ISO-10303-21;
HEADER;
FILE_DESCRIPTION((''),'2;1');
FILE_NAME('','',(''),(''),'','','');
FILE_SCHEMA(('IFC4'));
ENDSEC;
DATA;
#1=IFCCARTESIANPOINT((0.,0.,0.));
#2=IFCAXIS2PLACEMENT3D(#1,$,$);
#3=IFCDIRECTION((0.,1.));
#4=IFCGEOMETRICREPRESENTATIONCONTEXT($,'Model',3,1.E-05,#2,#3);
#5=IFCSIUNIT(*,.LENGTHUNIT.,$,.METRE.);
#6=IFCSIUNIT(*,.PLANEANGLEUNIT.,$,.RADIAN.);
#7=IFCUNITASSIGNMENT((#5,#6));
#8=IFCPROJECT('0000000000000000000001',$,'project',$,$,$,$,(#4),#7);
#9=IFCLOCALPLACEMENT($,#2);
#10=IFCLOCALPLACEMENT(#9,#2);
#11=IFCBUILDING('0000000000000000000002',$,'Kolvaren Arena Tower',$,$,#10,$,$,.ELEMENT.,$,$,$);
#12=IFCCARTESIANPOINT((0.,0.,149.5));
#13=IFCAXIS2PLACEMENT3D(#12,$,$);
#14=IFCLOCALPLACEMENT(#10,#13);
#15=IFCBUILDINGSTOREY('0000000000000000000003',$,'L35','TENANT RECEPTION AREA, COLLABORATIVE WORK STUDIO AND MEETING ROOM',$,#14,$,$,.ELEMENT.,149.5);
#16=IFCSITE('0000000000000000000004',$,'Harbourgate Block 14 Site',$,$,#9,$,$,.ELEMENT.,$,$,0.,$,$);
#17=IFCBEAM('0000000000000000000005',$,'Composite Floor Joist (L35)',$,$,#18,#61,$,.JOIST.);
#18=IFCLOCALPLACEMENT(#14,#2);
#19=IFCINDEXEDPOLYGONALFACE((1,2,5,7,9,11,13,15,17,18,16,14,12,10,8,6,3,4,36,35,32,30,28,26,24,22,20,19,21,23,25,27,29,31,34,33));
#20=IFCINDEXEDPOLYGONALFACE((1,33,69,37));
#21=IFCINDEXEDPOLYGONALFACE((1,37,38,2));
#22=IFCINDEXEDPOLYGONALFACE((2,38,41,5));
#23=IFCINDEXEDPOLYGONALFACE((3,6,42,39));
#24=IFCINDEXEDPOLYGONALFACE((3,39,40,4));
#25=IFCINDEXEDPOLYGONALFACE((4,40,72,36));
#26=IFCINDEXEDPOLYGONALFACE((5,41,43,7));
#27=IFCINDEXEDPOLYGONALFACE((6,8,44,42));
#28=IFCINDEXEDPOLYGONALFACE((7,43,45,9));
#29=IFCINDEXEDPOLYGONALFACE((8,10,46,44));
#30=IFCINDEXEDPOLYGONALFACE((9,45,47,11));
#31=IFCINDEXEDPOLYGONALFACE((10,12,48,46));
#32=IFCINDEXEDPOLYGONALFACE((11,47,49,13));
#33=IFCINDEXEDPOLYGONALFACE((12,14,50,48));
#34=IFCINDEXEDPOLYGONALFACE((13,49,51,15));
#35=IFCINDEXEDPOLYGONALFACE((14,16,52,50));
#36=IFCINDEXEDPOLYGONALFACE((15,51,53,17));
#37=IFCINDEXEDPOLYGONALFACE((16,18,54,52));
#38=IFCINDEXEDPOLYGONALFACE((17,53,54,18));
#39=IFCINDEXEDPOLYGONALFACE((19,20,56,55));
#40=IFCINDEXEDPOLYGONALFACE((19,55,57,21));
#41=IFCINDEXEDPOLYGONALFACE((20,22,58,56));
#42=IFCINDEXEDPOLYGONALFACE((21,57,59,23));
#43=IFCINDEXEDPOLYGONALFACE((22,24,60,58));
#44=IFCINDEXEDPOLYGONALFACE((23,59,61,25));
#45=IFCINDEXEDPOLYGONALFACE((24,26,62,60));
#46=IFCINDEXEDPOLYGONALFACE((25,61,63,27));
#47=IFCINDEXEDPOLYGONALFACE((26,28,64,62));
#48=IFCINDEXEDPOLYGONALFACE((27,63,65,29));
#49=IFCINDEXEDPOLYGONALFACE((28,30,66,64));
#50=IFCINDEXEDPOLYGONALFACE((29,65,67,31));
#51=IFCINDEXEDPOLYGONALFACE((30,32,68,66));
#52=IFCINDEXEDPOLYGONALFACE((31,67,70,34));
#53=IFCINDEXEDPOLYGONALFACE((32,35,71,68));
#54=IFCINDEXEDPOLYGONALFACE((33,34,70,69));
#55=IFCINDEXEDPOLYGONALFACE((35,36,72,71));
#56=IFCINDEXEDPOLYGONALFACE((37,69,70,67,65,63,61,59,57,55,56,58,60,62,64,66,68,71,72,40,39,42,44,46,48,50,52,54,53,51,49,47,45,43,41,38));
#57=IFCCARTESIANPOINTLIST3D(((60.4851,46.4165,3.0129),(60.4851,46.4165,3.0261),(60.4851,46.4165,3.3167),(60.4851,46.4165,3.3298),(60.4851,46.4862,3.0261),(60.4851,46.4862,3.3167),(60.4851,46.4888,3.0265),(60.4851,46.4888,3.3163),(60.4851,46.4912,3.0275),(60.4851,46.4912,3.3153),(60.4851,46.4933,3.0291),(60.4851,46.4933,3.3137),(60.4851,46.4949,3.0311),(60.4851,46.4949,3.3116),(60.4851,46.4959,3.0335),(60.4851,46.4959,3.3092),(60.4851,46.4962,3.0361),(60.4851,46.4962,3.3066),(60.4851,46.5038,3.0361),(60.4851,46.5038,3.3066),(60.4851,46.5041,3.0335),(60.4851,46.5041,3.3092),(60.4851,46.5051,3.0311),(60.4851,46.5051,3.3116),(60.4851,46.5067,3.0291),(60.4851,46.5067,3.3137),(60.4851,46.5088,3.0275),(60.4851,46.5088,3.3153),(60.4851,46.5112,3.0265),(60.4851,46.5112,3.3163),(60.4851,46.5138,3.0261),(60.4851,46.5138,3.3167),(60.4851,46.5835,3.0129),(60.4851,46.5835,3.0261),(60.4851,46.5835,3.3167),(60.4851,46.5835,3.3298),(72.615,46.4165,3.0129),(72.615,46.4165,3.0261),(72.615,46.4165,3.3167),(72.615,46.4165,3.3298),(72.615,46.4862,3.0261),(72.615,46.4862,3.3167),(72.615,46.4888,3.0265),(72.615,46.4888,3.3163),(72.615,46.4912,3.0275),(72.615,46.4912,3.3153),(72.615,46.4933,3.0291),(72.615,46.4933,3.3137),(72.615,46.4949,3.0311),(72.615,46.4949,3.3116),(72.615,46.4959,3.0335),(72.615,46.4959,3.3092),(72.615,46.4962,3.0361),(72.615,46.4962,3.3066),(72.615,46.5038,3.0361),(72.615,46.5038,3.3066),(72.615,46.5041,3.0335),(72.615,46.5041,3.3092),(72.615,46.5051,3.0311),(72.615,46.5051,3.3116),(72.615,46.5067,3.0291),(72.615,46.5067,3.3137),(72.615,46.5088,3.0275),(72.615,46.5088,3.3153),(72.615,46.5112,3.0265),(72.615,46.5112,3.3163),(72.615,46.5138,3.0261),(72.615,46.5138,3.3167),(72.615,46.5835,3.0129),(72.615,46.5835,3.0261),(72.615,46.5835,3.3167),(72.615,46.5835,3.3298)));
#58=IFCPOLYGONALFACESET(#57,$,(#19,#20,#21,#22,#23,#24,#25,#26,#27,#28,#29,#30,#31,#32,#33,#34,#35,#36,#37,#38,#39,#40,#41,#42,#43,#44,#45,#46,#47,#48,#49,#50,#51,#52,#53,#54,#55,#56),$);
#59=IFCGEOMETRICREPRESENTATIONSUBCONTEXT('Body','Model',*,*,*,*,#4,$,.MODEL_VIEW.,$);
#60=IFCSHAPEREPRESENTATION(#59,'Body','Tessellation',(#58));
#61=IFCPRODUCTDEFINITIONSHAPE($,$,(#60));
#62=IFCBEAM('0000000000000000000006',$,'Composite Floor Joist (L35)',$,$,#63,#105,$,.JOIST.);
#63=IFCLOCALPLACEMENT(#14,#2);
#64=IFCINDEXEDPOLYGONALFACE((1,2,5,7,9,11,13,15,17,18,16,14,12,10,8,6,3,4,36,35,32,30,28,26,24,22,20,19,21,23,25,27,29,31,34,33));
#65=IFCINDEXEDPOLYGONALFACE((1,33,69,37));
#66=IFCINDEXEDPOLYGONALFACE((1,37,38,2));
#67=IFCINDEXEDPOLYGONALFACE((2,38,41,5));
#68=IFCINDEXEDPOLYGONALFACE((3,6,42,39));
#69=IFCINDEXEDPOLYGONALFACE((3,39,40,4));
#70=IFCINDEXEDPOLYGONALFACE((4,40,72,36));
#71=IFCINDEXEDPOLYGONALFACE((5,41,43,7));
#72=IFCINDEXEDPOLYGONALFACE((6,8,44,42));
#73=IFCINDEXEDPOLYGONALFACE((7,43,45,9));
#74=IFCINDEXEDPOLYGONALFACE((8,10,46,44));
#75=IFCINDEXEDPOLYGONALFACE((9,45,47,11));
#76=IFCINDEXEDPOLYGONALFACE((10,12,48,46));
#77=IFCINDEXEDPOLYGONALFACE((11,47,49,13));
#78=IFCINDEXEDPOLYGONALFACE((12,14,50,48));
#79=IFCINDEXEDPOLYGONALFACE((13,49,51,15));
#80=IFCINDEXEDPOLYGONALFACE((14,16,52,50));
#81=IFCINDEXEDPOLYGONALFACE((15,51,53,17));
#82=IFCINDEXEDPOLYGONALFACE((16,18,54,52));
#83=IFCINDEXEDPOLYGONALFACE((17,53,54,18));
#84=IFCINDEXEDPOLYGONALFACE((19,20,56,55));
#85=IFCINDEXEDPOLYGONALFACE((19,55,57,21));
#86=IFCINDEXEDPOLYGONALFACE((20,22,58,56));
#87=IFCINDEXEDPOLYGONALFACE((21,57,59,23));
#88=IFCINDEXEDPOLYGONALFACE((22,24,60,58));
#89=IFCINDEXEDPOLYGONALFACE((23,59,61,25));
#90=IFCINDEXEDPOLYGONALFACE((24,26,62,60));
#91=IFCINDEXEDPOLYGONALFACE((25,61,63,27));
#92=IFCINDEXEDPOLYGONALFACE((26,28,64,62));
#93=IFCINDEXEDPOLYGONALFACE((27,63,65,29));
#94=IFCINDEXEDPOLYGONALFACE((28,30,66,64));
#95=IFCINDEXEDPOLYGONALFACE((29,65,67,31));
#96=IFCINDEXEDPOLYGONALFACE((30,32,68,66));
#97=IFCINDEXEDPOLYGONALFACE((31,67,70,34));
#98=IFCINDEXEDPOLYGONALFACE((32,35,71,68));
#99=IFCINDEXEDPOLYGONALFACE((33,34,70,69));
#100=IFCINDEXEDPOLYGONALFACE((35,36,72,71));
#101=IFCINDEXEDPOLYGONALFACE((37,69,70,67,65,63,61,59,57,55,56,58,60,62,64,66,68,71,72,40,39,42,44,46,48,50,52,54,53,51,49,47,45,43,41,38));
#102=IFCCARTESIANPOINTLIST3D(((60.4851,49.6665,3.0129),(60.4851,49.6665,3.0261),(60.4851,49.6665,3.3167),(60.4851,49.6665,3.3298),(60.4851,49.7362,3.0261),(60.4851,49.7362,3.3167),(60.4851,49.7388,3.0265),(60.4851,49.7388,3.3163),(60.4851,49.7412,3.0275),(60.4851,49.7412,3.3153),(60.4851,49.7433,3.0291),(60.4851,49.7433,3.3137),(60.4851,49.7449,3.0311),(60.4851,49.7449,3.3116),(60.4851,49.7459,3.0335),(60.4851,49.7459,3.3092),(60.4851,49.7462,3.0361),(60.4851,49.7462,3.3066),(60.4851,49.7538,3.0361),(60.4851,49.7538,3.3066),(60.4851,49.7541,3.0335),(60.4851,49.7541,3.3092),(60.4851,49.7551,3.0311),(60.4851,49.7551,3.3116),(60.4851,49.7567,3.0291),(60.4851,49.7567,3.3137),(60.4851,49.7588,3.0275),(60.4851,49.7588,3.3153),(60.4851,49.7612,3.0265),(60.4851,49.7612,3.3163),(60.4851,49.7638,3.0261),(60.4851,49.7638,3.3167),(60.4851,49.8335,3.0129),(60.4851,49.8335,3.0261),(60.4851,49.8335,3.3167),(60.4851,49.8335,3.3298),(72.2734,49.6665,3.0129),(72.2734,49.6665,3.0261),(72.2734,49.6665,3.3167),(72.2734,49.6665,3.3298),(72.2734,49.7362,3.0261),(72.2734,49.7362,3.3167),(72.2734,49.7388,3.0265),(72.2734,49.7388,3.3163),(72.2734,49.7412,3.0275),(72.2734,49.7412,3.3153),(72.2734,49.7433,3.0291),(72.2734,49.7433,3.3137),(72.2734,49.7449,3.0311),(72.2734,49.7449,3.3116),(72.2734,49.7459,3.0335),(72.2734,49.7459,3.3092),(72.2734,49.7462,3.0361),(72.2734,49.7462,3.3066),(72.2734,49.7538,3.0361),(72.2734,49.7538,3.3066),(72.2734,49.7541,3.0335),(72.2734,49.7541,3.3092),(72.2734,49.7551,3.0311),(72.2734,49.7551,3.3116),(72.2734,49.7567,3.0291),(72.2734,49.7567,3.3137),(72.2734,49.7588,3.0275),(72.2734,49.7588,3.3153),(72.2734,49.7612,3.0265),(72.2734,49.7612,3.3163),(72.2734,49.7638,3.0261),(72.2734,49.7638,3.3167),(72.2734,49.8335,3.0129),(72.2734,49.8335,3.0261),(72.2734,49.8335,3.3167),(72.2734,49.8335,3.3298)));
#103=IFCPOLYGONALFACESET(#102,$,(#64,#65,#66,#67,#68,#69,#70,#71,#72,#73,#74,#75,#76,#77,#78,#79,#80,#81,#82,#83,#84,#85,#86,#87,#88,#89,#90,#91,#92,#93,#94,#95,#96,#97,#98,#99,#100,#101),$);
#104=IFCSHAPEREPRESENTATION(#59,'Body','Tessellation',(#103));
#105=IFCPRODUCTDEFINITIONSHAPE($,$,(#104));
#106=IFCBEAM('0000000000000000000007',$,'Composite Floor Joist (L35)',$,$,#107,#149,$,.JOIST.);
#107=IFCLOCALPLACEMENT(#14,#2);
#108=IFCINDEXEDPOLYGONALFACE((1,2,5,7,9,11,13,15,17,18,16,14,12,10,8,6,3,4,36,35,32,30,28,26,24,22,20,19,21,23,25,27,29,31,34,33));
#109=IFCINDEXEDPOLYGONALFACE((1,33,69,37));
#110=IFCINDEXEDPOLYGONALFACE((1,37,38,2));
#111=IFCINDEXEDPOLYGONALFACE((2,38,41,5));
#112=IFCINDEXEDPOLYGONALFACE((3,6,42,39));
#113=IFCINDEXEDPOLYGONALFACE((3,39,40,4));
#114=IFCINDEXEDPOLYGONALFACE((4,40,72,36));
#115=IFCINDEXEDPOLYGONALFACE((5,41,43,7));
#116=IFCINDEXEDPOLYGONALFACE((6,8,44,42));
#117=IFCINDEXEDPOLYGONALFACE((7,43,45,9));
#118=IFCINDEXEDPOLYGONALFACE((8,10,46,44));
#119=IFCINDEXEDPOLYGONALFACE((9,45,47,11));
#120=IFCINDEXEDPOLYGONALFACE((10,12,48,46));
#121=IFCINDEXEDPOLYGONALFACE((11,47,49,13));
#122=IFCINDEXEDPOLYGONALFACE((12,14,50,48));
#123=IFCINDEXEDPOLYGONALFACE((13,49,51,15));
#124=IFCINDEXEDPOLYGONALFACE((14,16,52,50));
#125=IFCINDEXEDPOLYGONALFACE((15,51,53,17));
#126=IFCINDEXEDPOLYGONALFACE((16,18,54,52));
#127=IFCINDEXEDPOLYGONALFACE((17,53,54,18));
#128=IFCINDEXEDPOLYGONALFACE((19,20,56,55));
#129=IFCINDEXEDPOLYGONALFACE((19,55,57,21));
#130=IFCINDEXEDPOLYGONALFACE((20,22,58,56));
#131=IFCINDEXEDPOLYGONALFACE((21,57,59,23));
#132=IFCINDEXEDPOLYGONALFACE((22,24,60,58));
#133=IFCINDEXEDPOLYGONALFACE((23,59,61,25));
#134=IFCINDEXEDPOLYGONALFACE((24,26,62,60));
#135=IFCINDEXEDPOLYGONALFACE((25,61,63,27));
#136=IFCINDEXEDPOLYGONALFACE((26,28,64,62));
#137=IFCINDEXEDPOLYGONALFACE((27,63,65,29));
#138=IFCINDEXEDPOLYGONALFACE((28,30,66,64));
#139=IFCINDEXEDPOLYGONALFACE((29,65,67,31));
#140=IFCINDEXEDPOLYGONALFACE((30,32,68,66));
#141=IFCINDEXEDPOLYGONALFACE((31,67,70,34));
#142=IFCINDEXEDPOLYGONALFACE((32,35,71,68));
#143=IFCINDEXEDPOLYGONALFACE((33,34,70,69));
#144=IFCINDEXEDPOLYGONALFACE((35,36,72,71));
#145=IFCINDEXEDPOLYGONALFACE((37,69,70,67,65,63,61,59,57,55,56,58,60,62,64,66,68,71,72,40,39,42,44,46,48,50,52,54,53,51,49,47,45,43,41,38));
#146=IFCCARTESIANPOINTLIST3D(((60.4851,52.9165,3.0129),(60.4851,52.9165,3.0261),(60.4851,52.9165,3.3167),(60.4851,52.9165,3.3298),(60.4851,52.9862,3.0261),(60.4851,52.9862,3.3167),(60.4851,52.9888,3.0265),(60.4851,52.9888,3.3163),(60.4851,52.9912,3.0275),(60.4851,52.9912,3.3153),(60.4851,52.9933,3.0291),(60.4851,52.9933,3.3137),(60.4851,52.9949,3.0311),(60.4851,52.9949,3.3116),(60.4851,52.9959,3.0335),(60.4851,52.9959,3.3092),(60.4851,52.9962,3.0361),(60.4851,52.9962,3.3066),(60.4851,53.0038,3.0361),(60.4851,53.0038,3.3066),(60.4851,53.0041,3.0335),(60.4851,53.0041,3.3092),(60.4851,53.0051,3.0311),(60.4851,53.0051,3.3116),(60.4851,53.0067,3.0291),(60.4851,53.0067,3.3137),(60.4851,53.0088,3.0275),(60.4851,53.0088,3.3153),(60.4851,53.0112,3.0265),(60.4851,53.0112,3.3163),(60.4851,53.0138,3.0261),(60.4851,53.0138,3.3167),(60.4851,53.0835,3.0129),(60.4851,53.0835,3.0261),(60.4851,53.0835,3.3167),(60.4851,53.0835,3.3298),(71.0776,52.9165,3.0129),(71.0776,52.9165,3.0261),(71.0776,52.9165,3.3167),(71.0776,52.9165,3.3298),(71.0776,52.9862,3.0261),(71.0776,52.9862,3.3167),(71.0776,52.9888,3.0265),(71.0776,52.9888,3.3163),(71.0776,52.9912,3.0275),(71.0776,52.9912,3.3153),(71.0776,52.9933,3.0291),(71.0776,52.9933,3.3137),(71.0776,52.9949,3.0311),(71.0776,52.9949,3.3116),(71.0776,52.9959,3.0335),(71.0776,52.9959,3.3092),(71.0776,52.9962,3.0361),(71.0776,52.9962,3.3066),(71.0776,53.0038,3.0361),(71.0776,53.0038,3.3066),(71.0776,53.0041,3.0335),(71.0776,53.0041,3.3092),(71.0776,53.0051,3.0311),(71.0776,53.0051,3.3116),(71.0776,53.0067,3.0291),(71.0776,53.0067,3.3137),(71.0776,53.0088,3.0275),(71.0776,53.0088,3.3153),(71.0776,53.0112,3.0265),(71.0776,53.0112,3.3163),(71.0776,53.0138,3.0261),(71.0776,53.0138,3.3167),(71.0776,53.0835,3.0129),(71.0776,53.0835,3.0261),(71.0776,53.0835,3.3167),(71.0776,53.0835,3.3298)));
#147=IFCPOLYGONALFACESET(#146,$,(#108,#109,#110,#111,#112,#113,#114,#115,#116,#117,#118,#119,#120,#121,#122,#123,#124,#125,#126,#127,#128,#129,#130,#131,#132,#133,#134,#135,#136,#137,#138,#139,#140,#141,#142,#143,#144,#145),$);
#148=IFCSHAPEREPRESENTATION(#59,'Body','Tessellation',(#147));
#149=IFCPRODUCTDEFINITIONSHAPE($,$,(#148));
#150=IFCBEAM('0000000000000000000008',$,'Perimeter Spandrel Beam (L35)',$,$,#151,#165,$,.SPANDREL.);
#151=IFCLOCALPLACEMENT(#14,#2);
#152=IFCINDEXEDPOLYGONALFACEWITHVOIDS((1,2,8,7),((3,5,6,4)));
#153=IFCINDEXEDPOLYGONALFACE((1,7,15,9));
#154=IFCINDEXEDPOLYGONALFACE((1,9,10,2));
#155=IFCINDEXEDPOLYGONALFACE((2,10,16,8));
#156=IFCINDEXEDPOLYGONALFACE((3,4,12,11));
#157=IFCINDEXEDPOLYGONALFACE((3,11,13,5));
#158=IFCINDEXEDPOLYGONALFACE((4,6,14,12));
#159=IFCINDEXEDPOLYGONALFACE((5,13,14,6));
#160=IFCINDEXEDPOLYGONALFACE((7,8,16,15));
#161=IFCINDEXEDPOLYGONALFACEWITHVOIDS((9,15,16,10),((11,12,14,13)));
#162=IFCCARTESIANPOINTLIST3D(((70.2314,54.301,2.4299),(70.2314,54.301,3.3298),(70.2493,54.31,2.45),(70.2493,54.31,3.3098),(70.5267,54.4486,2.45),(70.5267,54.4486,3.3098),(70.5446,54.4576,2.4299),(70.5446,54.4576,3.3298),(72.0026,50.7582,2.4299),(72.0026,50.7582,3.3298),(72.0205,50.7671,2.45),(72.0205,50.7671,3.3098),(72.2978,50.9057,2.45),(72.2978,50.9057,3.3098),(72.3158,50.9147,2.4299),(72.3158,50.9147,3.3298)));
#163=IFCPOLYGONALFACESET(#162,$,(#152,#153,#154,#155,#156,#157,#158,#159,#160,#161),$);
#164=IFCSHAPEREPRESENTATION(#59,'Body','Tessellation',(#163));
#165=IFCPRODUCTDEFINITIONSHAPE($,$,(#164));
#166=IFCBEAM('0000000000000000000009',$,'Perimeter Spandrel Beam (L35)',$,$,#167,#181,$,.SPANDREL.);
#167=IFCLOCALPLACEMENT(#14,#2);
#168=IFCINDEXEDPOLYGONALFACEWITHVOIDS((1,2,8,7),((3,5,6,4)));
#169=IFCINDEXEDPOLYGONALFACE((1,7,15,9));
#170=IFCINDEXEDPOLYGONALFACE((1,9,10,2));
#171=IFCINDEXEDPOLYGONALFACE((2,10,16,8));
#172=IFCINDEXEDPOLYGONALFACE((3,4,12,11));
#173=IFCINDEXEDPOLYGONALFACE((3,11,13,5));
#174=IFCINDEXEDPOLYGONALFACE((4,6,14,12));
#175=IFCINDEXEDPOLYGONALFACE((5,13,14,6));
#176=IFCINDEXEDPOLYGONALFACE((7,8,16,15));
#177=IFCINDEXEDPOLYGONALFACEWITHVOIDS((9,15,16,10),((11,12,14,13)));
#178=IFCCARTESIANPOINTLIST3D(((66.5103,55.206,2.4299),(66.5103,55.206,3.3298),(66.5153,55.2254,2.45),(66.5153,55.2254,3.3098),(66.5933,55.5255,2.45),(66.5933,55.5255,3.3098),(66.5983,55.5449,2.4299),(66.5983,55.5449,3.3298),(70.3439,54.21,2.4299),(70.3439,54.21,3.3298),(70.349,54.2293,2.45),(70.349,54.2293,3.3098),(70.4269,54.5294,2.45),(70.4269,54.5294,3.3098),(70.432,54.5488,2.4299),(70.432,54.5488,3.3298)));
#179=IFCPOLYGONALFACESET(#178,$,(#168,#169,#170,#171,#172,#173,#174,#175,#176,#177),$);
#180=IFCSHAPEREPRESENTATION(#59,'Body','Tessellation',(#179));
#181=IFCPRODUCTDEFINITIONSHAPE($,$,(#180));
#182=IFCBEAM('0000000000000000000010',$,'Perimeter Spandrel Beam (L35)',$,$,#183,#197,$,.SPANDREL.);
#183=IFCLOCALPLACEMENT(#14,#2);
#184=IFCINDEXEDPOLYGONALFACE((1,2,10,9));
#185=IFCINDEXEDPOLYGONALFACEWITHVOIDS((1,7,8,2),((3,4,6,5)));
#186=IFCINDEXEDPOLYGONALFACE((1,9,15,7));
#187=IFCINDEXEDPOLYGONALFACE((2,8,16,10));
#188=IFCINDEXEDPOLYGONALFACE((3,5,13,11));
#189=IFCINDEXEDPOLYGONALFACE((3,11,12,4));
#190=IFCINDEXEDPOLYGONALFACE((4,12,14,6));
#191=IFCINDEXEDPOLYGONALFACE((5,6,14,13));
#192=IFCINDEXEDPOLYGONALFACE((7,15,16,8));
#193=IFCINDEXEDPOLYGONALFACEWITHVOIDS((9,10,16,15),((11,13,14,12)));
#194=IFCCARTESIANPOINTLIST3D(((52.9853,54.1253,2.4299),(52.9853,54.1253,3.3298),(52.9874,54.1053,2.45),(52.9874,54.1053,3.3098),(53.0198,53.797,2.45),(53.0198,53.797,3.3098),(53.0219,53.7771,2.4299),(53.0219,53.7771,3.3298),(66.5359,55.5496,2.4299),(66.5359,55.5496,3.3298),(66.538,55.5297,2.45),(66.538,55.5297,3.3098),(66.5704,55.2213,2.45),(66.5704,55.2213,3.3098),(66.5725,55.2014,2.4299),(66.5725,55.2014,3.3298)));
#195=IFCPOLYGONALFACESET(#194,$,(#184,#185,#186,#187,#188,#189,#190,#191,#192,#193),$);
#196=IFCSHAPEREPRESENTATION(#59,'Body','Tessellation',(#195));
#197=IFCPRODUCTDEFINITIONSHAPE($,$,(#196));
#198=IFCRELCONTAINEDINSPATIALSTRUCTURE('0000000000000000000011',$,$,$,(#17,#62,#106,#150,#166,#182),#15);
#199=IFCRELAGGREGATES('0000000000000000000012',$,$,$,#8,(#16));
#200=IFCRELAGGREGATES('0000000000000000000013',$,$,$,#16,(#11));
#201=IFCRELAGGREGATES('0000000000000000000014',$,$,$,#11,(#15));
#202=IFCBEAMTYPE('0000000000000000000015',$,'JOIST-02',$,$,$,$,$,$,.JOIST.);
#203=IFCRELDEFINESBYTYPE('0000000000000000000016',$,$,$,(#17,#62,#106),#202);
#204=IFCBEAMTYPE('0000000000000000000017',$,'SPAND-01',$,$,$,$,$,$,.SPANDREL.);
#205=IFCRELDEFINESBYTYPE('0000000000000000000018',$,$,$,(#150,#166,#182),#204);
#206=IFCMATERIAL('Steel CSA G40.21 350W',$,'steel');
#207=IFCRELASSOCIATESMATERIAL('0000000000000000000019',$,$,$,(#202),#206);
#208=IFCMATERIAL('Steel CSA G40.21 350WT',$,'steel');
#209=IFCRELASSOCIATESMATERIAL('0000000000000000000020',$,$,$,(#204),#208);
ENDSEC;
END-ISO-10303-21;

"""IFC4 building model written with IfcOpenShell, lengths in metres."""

from ifc_helpers import new_model, si_unit, direction, frame, origin, origin_2d, place, context, subcontext, project, spatial, hollow_rectangle, i_section, extrude, material, material_profile, profile_set, type_object, element, save


model = new_model("IFC4")

# Units and contexts
model_context = context("Model", 3, precision=1e-05, world=origin(), true_north=direction((0.0, 1.0)))
body_context = subcontext(model_context, "Body", "Model", "MODEL_VIEW")
ifc_project = project(units=[si_unit("LENGTHUNIT", "METRE"), si_unit("PLANEANGLEUNIT", "RADIAN")], contexts=[model_context])

# Site, building, storey
site_placement = place(None, origin())
site = spatial("IfcSite", under=ifc_project, at=site_placement, Name="Harbourgate Block 14 Site", CompositionType="ELEMENT", RefElevation=0.0)
building_placement = place(site_placement, origin())
building = spatial("IfcBuilding", under=site, at=building_placement, Name="Kolvaren Arena Tower", CompositionType="ELEMENT")
storey_placement = place(building_placement, frame((0.0, 0.0, 149.5)))
storey = spatial("IfcBuildingStorey", under=building, at=storey_placement, Name="L35", Description="TENANT RECEPTION AREA, COLLABORATIVE WORK STUDIO AND MEETING ROOM", CompositionType="ELEMENT", Elevation=149.5)

# Beams
ifc_material_1 = material(Name="Steel CSA G40.21 350W", Category="steel")
ifc_material_profile_1 = material_profile(ifc_material_1, i_section(OverallWidth=0.167, OverallDepth=0.3169, WebThickness=0.0076, FlangeThickness=0.0132, FilletRadius=0.01, at=origin_2d()), Name="W310x52")
ifc_profile_set_1 = profile_set([ifc_material_profile_1], Name="Steel CSA G40.21 350W")
beam_type_1 = type_object("IfcBeamType", Name="JOIST-02", PredefinedType="JOIST", material=ifc_profile_set_1)
beam_1_placement = place(storey_placement, frame((60.4851, 46.5, 3.1714), z_axis=(1.0, 0.0, 0.0), x_axis=(0.0, 1.0, 0.0)))
element("IfcBeam", 1, at=beam_1_placement, inside=storey, type_object=beam_type_1, Name="Composite Floor Joist (L35)", PredefinedType="JOIST", context=body_context, shape_type="SweptSolid", body=[
    extrude(i_section(OverallWidth=0.167, OverallDepth=0.3169, WebThickness=0.0076, FlangeThickness=0.0132, FilletRadius=0.01, at=origin_2d()), origin(), (0.0, 0.0, 1.0), 12.1299),
])
beam_2_placement = place(storey_placement, frame((60.4851, 49.75, 3.1714), z_axis=(1.0, 0.0, 0.0), x_axis=(0.0, 1.0, 0.0)))
element("IfcBeam", 2, at=beam_2_placement, inside=storey, type_object=beam_type_1, Name="Composite Floor Joist (L35)", PredefinedType="JOIST", context=body_context, shape_type="SweptSolid", body=[
    extrude(i_section(OverallWidth=0.167, OverallDepth=0.3169, WebThickness=0.0076, FlangeThickness=0.0132, FilletRadius=0.01, at=origin_2d()), origin(), (0.0, 0.0, 1.0), 11.7883),
])
beam_3_placement = place(storey_placement, frame((60.4851, 53.0, 3.1714), z_axis=(1.0, 0.0, 0.0), x_axis=(0.0, 1.0, 0.0)))
element("IfcBeam", 3, at=beam_3_placement, inside=storey, type_object=beam_type_1, Name="Composite Floor Joist (L35)", PredefinedType="JOIST", context=body_context, shape_type="SweptSolid", body=[
    extrude(i_section(OverallWidth=0.167, OverallDepth=0.3169, WebThickness=0.0076, FlangeThickness=0.0132, FilletRadius=0.01, at=origin_2d()), origin(), (0.0, 0.0, 1.0), 10.5925),
])
ifc_material_2 = material(Name="Steel CSA G40.21 350WT", Category="steel")
ifc_material_profile_2 = material_profile(ifc_material_2, hollow_rectangle(XDim=0.3501, YDim=0.8999, WallThickness=0.02, at=origin_2d()), Name="HSS 900x350x20")
ifc_profile_set_2 = profile_set([ifc_material_profile_2], Name="Steel CSA G40.21 350WT")
beam_type_2 = type_object("IfcBeamType", Name="SPAND-01", PredefinedType="SPANDREL", material=ifc_profile_set_2)
for number, where, z_axis, x_axis, name in (
    (4, (72.1592, 50.8364, 2.8799), (-0.447164, 0.894452, 0.0), (-0.894452, -0.447164, 0.0), "Perimeter Spandrel Beam (L35)"),
    (5, (70.3879, 54.3794, 2.8799), (-0.967864, 0.251473, 0.0), (-0.251473, -0.967864, 0.0), "Perimeter Spandrel Beam (L35)"),
):
    element("IfcBeam", number, at=place(storey_placement, frame(where, z_axis=z_axis, x_axis=x_axis)), inside=storey, type_object=beam_type_2, Name=name, PredefinedType="SPANDREL", context=body_context, shape_type="SweptSolid", body=[
        extrude(hollow_rectangle(XDim=0.3501, YDim=0.8999, WallThickness=0.02, at=origin_2d()), origin(), (0.0, 0.0, 1.0), 3.9609),
    ])
beam_4_placement = place(storey_placement, frame((66.5542, 55.3755, 2.8799), z_axis=(-0.994521, -0.104536, 0.0), x_axis=(0.104536, -0.994521, 0.0)))
element("IfcBeam", 6, at=beam_4_placement, inside=storey, type_object=beam_type_2, Name="Perimeter Spandrel Beam (L35)", PredefinedType="SPANDREL", context=body_context, shape_type="SweptSolid", body=[
    extrude(hollow_rectangle(XDim=0.3501, YDim=0.8999, WallThickness=0.02, at=origin_2d()), origin(), (0.0, 0.0, 1.0), 13.6252),
])

save(model, "model.ifc")
